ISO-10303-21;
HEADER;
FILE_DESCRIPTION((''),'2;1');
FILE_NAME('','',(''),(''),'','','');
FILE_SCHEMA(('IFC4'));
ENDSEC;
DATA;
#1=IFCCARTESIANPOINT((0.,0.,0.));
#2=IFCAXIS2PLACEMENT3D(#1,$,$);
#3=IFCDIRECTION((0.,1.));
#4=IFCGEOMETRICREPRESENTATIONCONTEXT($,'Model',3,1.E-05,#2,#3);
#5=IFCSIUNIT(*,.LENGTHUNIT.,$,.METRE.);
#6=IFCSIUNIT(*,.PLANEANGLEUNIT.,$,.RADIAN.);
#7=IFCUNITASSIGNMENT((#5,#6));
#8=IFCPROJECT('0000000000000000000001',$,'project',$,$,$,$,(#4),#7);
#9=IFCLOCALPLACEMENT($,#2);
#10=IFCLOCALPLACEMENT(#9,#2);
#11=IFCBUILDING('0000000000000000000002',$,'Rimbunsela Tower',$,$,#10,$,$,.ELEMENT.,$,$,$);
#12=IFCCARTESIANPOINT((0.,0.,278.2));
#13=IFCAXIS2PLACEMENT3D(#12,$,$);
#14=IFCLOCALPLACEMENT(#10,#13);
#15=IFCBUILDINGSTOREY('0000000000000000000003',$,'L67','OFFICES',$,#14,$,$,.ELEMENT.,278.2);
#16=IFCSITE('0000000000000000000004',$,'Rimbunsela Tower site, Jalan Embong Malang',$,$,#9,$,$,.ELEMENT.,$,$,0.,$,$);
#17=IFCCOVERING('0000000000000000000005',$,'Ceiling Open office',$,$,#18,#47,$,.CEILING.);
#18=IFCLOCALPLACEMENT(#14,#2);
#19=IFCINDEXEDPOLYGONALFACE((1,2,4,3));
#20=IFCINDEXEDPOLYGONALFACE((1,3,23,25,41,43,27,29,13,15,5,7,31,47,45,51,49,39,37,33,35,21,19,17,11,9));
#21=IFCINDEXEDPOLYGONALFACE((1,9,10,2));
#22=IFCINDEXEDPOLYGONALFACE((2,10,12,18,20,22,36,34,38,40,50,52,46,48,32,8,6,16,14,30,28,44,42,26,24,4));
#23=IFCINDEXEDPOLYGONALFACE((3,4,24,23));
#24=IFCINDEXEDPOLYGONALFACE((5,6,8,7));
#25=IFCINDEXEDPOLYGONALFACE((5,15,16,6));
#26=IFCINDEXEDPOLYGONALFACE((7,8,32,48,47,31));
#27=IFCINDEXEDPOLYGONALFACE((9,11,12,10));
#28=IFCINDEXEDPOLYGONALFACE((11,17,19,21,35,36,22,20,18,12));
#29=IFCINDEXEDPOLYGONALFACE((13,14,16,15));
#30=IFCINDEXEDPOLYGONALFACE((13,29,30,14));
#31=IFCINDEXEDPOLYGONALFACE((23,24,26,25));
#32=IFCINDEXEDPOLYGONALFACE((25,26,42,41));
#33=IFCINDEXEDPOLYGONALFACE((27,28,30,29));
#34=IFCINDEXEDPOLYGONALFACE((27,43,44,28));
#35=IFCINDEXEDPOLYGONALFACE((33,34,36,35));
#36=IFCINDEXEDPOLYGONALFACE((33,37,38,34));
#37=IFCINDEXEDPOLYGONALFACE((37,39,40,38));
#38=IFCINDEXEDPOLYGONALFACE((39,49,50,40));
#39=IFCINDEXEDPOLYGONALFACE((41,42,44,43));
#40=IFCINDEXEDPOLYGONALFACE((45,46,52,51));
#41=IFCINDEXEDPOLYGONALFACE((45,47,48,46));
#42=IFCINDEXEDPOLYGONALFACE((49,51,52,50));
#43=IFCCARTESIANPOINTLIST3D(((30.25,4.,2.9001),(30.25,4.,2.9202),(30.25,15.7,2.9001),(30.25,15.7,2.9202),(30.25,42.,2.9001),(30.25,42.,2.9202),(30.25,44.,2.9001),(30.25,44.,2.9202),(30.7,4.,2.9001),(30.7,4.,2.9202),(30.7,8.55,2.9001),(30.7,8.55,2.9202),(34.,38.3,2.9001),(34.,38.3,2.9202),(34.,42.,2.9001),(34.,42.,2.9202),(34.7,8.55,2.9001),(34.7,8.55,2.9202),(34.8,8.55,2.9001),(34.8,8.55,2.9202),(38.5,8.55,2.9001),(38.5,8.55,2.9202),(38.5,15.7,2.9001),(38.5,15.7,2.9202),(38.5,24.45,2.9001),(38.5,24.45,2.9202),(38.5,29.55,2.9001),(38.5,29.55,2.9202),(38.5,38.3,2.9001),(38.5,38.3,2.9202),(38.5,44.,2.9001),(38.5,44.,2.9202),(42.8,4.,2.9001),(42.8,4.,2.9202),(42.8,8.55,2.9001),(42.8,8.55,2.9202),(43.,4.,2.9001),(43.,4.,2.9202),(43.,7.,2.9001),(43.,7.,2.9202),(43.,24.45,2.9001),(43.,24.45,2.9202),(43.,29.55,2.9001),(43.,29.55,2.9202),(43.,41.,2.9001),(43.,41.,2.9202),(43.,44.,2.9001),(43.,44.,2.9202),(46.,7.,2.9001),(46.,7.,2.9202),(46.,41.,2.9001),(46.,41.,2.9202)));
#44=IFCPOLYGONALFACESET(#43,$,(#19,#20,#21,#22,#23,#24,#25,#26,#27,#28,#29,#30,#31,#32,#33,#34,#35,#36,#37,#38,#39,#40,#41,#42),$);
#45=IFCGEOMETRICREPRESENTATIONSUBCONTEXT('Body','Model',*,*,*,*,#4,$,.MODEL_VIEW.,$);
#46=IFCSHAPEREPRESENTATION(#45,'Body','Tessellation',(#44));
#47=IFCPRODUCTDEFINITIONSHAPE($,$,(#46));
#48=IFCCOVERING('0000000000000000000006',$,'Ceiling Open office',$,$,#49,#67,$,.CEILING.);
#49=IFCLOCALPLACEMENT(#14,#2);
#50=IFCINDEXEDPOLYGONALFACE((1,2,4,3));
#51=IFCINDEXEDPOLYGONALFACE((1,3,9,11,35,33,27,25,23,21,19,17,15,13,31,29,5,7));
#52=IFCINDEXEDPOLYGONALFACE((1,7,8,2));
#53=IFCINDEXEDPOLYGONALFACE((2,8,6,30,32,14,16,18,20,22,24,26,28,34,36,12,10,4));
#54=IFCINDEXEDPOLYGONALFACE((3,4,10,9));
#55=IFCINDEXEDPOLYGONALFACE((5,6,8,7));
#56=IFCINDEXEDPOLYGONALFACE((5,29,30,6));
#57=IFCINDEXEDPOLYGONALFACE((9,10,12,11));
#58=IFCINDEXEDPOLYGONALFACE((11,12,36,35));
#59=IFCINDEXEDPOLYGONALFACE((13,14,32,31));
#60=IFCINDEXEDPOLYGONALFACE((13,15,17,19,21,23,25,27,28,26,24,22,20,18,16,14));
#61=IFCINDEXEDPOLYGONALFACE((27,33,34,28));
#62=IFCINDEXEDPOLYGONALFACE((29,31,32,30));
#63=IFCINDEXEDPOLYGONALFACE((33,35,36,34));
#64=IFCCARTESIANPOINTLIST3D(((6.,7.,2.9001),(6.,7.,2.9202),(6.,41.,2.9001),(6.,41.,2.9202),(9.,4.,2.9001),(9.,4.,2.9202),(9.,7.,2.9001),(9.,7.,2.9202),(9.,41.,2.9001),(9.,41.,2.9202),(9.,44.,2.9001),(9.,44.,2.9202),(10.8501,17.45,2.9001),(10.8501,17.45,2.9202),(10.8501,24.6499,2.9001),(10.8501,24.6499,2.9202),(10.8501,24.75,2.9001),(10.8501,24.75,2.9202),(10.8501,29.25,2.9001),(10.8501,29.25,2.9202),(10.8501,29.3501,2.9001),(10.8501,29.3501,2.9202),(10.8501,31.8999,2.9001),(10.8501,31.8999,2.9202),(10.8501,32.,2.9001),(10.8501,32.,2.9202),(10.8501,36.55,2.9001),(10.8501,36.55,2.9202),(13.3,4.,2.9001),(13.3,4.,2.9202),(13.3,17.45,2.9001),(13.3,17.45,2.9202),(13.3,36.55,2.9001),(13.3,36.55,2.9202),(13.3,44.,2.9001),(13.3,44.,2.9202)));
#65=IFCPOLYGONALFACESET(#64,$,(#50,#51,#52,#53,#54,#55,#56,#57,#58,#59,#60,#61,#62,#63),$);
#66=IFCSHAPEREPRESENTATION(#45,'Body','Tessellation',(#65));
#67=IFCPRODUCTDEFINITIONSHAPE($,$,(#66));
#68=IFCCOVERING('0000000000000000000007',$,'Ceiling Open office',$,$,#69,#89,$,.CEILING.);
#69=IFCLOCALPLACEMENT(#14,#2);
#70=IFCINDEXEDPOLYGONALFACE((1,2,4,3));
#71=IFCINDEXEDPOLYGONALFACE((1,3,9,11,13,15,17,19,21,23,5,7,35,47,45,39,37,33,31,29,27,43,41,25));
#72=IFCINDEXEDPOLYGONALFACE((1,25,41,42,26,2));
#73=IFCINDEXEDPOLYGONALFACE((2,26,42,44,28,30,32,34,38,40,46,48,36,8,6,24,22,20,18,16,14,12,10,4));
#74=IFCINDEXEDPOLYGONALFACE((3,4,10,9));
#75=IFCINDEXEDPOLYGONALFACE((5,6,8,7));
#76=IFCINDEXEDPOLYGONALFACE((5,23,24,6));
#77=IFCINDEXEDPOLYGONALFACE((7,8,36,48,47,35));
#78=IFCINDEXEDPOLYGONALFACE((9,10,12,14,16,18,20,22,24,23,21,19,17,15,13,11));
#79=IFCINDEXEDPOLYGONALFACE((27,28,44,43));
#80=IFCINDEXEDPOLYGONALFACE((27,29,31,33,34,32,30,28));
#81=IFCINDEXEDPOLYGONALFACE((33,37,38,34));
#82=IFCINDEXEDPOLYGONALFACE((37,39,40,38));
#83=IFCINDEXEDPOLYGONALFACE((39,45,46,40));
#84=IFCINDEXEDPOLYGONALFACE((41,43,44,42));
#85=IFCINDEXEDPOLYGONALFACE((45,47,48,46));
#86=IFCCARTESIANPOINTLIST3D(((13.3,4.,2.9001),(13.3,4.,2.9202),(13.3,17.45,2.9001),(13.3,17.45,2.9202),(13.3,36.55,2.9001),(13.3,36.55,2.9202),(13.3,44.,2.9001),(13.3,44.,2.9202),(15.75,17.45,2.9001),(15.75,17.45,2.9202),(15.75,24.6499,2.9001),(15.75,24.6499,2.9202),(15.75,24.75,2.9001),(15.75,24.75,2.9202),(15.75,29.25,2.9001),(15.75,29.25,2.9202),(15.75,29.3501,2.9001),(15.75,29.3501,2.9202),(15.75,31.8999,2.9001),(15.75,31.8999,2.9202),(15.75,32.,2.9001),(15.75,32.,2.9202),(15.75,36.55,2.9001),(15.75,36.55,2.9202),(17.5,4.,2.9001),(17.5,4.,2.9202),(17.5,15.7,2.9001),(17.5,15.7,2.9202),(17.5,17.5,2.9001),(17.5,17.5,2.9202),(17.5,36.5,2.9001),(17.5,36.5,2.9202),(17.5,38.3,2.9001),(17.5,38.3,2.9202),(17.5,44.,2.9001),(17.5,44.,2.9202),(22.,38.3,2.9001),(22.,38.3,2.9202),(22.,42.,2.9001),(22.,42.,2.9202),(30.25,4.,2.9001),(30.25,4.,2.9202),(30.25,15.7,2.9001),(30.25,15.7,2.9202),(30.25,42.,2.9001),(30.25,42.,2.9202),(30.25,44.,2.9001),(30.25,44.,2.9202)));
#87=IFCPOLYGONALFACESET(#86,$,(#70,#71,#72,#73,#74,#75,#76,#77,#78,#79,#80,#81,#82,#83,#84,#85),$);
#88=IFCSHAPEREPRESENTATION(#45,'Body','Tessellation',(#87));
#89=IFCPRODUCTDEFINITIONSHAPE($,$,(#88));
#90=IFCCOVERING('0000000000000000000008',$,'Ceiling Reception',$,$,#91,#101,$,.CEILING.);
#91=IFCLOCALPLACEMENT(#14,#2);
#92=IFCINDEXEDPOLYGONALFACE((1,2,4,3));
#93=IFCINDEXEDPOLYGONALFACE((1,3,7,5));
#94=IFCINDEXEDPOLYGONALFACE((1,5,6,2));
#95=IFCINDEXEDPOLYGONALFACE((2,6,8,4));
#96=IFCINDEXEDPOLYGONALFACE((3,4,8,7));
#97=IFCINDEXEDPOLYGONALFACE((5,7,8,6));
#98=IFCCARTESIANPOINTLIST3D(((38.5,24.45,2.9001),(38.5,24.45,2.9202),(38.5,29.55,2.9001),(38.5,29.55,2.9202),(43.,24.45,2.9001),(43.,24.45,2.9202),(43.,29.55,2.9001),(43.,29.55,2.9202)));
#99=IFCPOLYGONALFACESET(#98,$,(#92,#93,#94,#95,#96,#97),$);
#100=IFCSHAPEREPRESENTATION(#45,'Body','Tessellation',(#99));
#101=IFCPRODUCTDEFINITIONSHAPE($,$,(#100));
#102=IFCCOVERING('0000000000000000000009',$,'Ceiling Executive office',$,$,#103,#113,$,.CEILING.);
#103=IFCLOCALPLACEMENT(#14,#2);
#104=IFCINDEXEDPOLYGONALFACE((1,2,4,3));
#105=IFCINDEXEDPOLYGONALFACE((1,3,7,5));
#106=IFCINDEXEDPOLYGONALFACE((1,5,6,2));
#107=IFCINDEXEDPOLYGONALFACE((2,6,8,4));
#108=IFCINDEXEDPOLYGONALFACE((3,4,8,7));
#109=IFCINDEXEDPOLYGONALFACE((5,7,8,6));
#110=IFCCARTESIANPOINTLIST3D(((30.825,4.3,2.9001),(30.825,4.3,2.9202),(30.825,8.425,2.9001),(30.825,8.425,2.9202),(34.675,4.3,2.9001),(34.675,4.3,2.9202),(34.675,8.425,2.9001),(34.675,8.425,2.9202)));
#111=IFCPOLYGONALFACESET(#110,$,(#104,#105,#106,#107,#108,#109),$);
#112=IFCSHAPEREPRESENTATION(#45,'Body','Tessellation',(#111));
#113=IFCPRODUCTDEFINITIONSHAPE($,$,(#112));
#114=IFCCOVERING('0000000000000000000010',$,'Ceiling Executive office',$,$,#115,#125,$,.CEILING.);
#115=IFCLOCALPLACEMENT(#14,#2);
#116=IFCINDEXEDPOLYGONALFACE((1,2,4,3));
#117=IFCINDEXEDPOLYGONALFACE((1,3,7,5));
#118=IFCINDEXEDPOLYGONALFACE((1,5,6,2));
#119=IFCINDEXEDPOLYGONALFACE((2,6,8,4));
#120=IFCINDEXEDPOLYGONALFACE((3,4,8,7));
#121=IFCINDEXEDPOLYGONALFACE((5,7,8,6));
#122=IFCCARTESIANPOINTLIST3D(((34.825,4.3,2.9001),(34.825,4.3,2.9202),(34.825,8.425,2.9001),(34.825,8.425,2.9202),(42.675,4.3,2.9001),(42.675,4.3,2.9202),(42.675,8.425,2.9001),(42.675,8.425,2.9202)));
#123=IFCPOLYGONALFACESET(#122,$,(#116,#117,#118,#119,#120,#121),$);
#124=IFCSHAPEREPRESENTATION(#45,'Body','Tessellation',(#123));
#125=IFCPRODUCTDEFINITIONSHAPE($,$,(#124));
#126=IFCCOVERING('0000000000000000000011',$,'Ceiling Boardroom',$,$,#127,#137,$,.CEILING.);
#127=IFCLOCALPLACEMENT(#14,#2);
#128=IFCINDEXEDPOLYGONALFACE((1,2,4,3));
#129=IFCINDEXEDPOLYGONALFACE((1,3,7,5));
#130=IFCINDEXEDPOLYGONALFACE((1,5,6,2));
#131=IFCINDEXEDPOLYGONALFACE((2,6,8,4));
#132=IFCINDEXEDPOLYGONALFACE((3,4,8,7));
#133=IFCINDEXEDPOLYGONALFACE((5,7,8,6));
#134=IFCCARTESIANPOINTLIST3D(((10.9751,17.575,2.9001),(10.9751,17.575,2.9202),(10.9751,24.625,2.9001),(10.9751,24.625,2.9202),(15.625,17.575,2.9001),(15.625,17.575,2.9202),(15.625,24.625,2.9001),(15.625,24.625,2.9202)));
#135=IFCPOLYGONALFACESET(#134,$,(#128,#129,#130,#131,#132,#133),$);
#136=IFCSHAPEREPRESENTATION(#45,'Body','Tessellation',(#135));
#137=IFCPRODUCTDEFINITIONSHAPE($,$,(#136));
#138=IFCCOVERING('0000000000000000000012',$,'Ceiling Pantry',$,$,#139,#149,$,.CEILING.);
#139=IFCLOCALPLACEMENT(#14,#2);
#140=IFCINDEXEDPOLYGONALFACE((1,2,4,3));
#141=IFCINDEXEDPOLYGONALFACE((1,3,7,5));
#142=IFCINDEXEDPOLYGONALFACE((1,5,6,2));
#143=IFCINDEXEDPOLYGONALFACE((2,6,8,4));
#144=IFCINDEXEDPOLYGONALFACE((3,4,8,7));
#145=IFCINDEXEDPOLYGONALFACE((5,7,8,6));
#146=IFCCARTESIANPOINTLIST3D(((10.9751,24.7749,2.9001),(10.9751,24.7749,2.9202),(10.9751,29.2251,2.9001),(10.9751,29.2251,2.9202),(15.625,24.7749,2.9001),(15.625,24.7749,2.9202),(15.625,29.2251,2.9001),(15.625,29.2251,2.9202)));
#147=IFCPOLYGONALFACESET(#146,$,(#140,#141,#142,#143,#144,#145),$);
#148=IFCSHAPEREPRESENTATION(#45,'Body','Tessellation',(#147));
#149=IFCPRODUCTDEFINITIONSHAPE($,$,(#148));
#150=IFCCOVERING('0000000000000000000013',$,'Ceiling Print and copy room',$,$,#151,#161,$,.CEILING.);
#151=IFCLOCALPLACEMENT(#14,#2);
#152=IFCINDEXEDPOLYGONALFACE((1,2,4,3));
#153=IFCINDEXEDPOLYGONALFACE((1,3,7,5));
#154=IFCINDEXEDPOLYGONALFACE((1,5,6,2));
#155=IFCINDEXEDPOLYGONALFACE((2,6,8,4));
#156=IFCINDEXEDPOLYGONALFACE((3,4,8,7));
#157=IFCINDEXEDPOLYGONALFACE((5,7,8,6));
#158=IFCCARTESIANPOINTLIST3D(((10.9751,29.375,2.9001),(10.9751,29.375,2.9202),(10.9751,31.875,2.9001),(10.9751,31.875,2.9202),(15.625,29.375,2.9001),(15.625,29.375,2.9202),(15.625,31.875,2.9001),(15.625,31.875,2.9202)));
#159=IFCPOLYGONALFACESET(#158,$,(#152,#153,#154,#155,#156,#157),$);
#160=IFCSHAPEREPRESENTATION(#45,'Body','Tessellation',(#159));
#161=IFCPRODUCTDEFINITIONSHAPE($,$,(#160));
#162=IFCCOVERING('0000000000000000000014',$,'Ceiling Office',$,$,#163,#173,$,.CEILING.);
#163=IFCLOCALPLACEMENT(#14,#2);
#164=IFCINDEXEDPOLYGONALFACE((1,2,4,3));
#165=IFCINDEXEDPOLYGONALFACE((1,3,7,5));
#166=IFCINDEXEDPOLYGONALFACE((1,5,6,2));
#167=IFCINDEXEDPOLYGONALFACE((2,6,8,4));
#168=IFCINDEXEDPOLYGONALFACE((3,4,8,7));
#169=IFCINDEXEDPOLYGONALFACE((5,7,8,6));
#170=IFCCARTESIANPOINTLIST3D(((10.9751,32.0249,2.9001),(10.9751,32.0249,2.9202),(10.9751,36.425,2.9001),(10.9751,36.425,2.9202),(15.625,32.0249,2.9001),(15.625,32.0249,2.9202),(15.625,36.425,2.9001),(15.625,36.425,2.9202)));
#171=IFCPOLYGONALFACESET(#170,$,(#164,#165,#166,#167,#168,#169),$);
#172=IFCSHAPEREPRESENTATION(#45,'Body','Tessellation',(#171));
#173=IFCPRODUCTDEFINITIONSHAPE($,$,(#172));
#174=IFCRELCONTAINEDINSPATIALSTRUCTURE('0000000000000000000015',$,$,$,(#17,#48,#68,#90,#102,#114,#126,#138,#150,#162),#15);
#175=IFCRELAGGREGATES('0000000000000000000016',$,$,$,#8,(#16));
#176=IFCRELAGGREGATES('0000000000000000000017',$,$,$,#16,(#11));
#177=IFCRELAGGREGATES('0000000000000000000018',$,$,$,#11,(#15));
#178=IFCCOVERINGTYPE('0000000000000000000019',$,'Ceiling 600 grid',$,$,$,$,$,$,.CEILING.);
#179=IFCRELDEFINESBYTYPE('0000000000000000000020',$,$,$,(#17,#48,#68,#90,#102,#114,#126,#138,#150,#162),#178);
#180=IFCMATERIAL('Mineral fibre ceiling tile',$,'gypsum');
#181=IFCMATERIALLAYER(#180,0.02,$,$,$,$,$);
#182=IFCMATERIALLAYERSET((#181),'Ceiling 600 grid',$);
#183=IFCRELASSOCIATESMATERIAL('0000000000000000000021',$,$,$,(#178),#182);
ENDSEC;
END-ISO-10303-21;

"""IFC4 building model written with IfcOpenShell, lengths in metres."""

from ifc_helpers import new_model, si_unit, direction, frame, origin, place, context, subcontext, project, spatial, polyline, outline, extrude, material, layer, layer_set, type_object, element, save


model = new_model("IFC4")

# Units and contexts
model_context = context("Model", 3, precision=1e-05, world=origin(), true_north=direction((0.0, 1.0)))
body_context = subcontext(model_context, "Body", "Model", "MODEL_VIEW")
ifc_project = project(units=[si_unit("LENGTHUNIT", "METRE"), si_unit("PLANEANGLEUNIT", "RADIAN")], contexts=[model_context])

# Site, building, storey
site_placement = place(None, origin())
site = spatial("IfcSite", under=ifc_project, at=site_placement, Name="Rimbunsela Tower site, Jalan Embong Malang", CompositionType="ELEMENT", RefElevation=0.0)
building_placement = place(site_placement, origin())
building = spatial("IfcBuilding", under=site, at=building_placement, Name="Rimbunsela Tower", CompositionType="ELEMENT")
storey_placement = place(building_placement, frame((0.0, 0.0, 278.2)))
storey = spatial("IfcBuildingStorey", under=building, at=storey_placement, Name="L67", Description="OFFICES", CompositionType="ELEMENT", Elevation=278.2)

# Coverings
ifc_material_1 = material(Name="Mineral fibre ceiling tile", Category="gypsum")
ifc_layer_1 = layer(ifc_material_1, 0.02)
ifc_layer_set_1 = layer_set([ifc_layer_1], Name="Ceiling 600 grid")
covering_type_1 = type_object("IfcCoveringType", Name="Ceiling 600 grid", PredefinedType="CEILING", material=ifc_layer_set_1)
covering_1_placement = place(storey_placement, frame((0.0, 0.0, 2.9001)))
element("IfcCovering", 1, at=covering_1_placement, inside=storey, type_object=covering_type_1, Name="Ceiling Open office", PredefinedType="CEILING", context=body_context, shape_type="SweptSolid", body=[
    extrude(outline(polyline([(30.7, 8.55), (30.7, 4.0), (30.25, 4.0), (30.25, 15.7), (38.5, 15.7), (38.5, 24.45), (43.0, 24.45), (43.0, 29.55), (38.5, 29.55), (38.5, 38.3), (34.0, 38.3), (34.0, 42.0), (30.25, 42.0), (30.25, 44.0), (38.5, 44.0), (43.0, 44.0), (43.0, 41.0), (46.0, 41.0), (46.0, 7.0), (43.0, 7.0), (43.0, 4.0), (42.8, 4.0), (42.8, 8.55), (38.5, 8.55), (34.8, 8.55), (34.7, 8.55), (30.7, 8.55)])), origin(), (0.0, 0.0, 1.0), 0.02),
])
covering_2_placement = place(storey_placement, frame((0.0, 0.0, 2.9001)))
element("IfcCovering", 2, at=covering_2_placement, inside=storey, type_object=covering_type_1, Name="Ceiling Open office", PredefinedType="CEILING", context=body_context, shape_type="SweptSolid", body=[
    extrude(outline(polyline([(13.3, 4.0), (9.0, 4.0), (9.0, 7.0), (6.0, 7.0), (6.0, 41.0), (9.0, 41.0), (9.0, 44.0), (13.3, 44.0), (13.3, 36.55), (10.8501, 36.55), (10.8501, 32.0), (10.8501, 31.8999), (10.8501, 29.3501), (10.8501, 29.25), (10.8501, 24.75), (10.8501, 24.6499), (10.8501, 17.45), (13.3, 17.45), (13.3, 4.0)])), origin(), (0.0, 0.0, 1.0), 0.02),
])
covering_3_placement = place(storey_placement, frame((0.0, 0.0, 2.9001)))
element("IfcCovering", 3, at=covering_3_placement, inside=storey, type_object=covering_type_1, Name="Ceiling Open office", PredefinedType="CEILING", context=body_context, shape_type="SweptSolid", body=[
    extrude(outline(polyline([(30.25, 4.0), (17.5, 4.0), (13.3, 4.0), (13.3, 17.45), (15.75, 17.45), (15.75, 24.6499), (15.75, 24.75), (15.75, 29.25), (15.75, 29.3501), (15.75, 31.8999), (15.75, 32.0), (15.75, 36.55), (13.3, 36.55), (13.3, 44.0), (17.5, 44.0), (30.25, 44.0), (30.25, 42.0), (22.0, 42.0), (22.0, 38.3), (17.5, 38.3), (17.5, 36.5), (17.5, 17.5), (17.5, 15.7), (30.25, 15.7), (30.25, 4.0)])), origin(), (0.0, 0.0, 1.0), 0.02),
])
covering_4_placement = place(storey_placement, frame((0.0, 0.0, 2.9001)))
element("IfcCovering", 4, at=covering_4_placement, inside=storey, type_object=covering_type_1, Name="Ceiling Reception", PredefinedType="CEILING", context=body_context, shape_type="SweptSolid", body=[
    extrude(outline(polyline([(43.0, 24.45), (43.0, 29.55), (38.5, 29.55), (38.5, 24.45), (43.0, 24.45)])), origin(), (0.0, 0.0, 1.0), 0.02),
])
covering_5_placement = place(storey_placement, frame((0.0, 0.0, 2.9001)))
element("IfcCovering", 5, at=covering_5_placement, inside=storey, type_object=covering_type_1, Name="Ceiling Executive office", PredefinedType="CEILING", context=body_context, shape_type="SweptSolid", body=[
    extrude(outline(polyline([(34.675, 4.3), (34.675, 8.425), (30.825, 8.425), (30.825, 4.3), (34.675, 4.3)])), origin(), (0.0, 0.0, 1.0), 0.02),
])
covering_6_placement = place(storey_placement, frame((0.0, 0.0, 2.9001)))
element("IfcCovering", 6, at=covering_6_placement, inside=storey, type_object=covering_type_1, Name="Ceiling Executive office", PredefinedType="CEILING", context=body_context, shape_type="SweptSolid", body=[
    extrude(outline(polyline([(42.675, 4.3), (42.675, 8.425), (34.825, 8.425), (34.825, 4.3), (42.675, 4.3)])), origin(), (0.0, 0.0, 1.0), 0.02),
])
covering_7_placement = place(storey_placement, frame((0.0, 0.0, 2.9001)))
element("IfcCovering", 7, at=covering_7_placement, inside=storey, type_object=covering_type_1, Name="Ceiling Boardroom", PredefinedType="CEILING", context=body_context, shape_type="SweptSolid", body=[
    extrude(outline(polyline([(15.625, 17.575), (15.625, 24.625), (10.9751, 24.625), (10.9751, 17.575), (15.625, 17.575)])), origin(), (0.0, 0.0, 1.0), 0.02),
])
covering_8_placement = place(storey_placement, frame((0.0, 0.0, 2.9001)))
element("IfcCovering", 8, at=covering_8_placement, inside=storey, type_object=covering_type_1, Name="Ceiling Pantry", PredefinedType="CEILING", context=body_context, shape_type="SweptSolid", body=[
    extrude(outline(polyline([(15.625, 24.7749), (15.625, 29.2251), (10.9751, 29.2251), (10.9751, 24.7749), (15.625, 24.7749)])), origin(), (0.0, 0.0, 1.0), 0.02),
])
covering_9_placement = place(storey_placement, frame((0.0, 0.0, 2.9001)))
element("IfcCovering", 9, at=covering_9_placement, inside=storey, type_object=covering_type_1, Name="Ceiling Print and copy room", PredefinedType="CEILING", context=body_context, shape_type="SweptSolid", body=[
    extrude(outline(polyline([(15.625, 29.375), (15.625, 31.875), (10.9751, 31.875), (10.9751, 29.375), (15.625, 29.375)])), origin(), (0.0, 0.0, 1.0), 0.02),
])
covering_10_placement = place(storey_placement, frame((0.0, 0.0, 2.9001)))
element("IfcCovering", 10, at=covering_10_placement, inside=storey, type_object=covering_type_1, Name="Ceiling Office", PredefinedType="CEILING", context=body_context, shape_type="SweptSolid", body=[
    extrude(outline(polyline([(15.625, 32.0249), (15.625, 36.425), (10.9751, 36.425), (10.9751, 32.0249), (15.625, 32.0249)])), origin(), (0.0, 0.0, 1.0), 0.02),
])

save(model, "model.ifc")
